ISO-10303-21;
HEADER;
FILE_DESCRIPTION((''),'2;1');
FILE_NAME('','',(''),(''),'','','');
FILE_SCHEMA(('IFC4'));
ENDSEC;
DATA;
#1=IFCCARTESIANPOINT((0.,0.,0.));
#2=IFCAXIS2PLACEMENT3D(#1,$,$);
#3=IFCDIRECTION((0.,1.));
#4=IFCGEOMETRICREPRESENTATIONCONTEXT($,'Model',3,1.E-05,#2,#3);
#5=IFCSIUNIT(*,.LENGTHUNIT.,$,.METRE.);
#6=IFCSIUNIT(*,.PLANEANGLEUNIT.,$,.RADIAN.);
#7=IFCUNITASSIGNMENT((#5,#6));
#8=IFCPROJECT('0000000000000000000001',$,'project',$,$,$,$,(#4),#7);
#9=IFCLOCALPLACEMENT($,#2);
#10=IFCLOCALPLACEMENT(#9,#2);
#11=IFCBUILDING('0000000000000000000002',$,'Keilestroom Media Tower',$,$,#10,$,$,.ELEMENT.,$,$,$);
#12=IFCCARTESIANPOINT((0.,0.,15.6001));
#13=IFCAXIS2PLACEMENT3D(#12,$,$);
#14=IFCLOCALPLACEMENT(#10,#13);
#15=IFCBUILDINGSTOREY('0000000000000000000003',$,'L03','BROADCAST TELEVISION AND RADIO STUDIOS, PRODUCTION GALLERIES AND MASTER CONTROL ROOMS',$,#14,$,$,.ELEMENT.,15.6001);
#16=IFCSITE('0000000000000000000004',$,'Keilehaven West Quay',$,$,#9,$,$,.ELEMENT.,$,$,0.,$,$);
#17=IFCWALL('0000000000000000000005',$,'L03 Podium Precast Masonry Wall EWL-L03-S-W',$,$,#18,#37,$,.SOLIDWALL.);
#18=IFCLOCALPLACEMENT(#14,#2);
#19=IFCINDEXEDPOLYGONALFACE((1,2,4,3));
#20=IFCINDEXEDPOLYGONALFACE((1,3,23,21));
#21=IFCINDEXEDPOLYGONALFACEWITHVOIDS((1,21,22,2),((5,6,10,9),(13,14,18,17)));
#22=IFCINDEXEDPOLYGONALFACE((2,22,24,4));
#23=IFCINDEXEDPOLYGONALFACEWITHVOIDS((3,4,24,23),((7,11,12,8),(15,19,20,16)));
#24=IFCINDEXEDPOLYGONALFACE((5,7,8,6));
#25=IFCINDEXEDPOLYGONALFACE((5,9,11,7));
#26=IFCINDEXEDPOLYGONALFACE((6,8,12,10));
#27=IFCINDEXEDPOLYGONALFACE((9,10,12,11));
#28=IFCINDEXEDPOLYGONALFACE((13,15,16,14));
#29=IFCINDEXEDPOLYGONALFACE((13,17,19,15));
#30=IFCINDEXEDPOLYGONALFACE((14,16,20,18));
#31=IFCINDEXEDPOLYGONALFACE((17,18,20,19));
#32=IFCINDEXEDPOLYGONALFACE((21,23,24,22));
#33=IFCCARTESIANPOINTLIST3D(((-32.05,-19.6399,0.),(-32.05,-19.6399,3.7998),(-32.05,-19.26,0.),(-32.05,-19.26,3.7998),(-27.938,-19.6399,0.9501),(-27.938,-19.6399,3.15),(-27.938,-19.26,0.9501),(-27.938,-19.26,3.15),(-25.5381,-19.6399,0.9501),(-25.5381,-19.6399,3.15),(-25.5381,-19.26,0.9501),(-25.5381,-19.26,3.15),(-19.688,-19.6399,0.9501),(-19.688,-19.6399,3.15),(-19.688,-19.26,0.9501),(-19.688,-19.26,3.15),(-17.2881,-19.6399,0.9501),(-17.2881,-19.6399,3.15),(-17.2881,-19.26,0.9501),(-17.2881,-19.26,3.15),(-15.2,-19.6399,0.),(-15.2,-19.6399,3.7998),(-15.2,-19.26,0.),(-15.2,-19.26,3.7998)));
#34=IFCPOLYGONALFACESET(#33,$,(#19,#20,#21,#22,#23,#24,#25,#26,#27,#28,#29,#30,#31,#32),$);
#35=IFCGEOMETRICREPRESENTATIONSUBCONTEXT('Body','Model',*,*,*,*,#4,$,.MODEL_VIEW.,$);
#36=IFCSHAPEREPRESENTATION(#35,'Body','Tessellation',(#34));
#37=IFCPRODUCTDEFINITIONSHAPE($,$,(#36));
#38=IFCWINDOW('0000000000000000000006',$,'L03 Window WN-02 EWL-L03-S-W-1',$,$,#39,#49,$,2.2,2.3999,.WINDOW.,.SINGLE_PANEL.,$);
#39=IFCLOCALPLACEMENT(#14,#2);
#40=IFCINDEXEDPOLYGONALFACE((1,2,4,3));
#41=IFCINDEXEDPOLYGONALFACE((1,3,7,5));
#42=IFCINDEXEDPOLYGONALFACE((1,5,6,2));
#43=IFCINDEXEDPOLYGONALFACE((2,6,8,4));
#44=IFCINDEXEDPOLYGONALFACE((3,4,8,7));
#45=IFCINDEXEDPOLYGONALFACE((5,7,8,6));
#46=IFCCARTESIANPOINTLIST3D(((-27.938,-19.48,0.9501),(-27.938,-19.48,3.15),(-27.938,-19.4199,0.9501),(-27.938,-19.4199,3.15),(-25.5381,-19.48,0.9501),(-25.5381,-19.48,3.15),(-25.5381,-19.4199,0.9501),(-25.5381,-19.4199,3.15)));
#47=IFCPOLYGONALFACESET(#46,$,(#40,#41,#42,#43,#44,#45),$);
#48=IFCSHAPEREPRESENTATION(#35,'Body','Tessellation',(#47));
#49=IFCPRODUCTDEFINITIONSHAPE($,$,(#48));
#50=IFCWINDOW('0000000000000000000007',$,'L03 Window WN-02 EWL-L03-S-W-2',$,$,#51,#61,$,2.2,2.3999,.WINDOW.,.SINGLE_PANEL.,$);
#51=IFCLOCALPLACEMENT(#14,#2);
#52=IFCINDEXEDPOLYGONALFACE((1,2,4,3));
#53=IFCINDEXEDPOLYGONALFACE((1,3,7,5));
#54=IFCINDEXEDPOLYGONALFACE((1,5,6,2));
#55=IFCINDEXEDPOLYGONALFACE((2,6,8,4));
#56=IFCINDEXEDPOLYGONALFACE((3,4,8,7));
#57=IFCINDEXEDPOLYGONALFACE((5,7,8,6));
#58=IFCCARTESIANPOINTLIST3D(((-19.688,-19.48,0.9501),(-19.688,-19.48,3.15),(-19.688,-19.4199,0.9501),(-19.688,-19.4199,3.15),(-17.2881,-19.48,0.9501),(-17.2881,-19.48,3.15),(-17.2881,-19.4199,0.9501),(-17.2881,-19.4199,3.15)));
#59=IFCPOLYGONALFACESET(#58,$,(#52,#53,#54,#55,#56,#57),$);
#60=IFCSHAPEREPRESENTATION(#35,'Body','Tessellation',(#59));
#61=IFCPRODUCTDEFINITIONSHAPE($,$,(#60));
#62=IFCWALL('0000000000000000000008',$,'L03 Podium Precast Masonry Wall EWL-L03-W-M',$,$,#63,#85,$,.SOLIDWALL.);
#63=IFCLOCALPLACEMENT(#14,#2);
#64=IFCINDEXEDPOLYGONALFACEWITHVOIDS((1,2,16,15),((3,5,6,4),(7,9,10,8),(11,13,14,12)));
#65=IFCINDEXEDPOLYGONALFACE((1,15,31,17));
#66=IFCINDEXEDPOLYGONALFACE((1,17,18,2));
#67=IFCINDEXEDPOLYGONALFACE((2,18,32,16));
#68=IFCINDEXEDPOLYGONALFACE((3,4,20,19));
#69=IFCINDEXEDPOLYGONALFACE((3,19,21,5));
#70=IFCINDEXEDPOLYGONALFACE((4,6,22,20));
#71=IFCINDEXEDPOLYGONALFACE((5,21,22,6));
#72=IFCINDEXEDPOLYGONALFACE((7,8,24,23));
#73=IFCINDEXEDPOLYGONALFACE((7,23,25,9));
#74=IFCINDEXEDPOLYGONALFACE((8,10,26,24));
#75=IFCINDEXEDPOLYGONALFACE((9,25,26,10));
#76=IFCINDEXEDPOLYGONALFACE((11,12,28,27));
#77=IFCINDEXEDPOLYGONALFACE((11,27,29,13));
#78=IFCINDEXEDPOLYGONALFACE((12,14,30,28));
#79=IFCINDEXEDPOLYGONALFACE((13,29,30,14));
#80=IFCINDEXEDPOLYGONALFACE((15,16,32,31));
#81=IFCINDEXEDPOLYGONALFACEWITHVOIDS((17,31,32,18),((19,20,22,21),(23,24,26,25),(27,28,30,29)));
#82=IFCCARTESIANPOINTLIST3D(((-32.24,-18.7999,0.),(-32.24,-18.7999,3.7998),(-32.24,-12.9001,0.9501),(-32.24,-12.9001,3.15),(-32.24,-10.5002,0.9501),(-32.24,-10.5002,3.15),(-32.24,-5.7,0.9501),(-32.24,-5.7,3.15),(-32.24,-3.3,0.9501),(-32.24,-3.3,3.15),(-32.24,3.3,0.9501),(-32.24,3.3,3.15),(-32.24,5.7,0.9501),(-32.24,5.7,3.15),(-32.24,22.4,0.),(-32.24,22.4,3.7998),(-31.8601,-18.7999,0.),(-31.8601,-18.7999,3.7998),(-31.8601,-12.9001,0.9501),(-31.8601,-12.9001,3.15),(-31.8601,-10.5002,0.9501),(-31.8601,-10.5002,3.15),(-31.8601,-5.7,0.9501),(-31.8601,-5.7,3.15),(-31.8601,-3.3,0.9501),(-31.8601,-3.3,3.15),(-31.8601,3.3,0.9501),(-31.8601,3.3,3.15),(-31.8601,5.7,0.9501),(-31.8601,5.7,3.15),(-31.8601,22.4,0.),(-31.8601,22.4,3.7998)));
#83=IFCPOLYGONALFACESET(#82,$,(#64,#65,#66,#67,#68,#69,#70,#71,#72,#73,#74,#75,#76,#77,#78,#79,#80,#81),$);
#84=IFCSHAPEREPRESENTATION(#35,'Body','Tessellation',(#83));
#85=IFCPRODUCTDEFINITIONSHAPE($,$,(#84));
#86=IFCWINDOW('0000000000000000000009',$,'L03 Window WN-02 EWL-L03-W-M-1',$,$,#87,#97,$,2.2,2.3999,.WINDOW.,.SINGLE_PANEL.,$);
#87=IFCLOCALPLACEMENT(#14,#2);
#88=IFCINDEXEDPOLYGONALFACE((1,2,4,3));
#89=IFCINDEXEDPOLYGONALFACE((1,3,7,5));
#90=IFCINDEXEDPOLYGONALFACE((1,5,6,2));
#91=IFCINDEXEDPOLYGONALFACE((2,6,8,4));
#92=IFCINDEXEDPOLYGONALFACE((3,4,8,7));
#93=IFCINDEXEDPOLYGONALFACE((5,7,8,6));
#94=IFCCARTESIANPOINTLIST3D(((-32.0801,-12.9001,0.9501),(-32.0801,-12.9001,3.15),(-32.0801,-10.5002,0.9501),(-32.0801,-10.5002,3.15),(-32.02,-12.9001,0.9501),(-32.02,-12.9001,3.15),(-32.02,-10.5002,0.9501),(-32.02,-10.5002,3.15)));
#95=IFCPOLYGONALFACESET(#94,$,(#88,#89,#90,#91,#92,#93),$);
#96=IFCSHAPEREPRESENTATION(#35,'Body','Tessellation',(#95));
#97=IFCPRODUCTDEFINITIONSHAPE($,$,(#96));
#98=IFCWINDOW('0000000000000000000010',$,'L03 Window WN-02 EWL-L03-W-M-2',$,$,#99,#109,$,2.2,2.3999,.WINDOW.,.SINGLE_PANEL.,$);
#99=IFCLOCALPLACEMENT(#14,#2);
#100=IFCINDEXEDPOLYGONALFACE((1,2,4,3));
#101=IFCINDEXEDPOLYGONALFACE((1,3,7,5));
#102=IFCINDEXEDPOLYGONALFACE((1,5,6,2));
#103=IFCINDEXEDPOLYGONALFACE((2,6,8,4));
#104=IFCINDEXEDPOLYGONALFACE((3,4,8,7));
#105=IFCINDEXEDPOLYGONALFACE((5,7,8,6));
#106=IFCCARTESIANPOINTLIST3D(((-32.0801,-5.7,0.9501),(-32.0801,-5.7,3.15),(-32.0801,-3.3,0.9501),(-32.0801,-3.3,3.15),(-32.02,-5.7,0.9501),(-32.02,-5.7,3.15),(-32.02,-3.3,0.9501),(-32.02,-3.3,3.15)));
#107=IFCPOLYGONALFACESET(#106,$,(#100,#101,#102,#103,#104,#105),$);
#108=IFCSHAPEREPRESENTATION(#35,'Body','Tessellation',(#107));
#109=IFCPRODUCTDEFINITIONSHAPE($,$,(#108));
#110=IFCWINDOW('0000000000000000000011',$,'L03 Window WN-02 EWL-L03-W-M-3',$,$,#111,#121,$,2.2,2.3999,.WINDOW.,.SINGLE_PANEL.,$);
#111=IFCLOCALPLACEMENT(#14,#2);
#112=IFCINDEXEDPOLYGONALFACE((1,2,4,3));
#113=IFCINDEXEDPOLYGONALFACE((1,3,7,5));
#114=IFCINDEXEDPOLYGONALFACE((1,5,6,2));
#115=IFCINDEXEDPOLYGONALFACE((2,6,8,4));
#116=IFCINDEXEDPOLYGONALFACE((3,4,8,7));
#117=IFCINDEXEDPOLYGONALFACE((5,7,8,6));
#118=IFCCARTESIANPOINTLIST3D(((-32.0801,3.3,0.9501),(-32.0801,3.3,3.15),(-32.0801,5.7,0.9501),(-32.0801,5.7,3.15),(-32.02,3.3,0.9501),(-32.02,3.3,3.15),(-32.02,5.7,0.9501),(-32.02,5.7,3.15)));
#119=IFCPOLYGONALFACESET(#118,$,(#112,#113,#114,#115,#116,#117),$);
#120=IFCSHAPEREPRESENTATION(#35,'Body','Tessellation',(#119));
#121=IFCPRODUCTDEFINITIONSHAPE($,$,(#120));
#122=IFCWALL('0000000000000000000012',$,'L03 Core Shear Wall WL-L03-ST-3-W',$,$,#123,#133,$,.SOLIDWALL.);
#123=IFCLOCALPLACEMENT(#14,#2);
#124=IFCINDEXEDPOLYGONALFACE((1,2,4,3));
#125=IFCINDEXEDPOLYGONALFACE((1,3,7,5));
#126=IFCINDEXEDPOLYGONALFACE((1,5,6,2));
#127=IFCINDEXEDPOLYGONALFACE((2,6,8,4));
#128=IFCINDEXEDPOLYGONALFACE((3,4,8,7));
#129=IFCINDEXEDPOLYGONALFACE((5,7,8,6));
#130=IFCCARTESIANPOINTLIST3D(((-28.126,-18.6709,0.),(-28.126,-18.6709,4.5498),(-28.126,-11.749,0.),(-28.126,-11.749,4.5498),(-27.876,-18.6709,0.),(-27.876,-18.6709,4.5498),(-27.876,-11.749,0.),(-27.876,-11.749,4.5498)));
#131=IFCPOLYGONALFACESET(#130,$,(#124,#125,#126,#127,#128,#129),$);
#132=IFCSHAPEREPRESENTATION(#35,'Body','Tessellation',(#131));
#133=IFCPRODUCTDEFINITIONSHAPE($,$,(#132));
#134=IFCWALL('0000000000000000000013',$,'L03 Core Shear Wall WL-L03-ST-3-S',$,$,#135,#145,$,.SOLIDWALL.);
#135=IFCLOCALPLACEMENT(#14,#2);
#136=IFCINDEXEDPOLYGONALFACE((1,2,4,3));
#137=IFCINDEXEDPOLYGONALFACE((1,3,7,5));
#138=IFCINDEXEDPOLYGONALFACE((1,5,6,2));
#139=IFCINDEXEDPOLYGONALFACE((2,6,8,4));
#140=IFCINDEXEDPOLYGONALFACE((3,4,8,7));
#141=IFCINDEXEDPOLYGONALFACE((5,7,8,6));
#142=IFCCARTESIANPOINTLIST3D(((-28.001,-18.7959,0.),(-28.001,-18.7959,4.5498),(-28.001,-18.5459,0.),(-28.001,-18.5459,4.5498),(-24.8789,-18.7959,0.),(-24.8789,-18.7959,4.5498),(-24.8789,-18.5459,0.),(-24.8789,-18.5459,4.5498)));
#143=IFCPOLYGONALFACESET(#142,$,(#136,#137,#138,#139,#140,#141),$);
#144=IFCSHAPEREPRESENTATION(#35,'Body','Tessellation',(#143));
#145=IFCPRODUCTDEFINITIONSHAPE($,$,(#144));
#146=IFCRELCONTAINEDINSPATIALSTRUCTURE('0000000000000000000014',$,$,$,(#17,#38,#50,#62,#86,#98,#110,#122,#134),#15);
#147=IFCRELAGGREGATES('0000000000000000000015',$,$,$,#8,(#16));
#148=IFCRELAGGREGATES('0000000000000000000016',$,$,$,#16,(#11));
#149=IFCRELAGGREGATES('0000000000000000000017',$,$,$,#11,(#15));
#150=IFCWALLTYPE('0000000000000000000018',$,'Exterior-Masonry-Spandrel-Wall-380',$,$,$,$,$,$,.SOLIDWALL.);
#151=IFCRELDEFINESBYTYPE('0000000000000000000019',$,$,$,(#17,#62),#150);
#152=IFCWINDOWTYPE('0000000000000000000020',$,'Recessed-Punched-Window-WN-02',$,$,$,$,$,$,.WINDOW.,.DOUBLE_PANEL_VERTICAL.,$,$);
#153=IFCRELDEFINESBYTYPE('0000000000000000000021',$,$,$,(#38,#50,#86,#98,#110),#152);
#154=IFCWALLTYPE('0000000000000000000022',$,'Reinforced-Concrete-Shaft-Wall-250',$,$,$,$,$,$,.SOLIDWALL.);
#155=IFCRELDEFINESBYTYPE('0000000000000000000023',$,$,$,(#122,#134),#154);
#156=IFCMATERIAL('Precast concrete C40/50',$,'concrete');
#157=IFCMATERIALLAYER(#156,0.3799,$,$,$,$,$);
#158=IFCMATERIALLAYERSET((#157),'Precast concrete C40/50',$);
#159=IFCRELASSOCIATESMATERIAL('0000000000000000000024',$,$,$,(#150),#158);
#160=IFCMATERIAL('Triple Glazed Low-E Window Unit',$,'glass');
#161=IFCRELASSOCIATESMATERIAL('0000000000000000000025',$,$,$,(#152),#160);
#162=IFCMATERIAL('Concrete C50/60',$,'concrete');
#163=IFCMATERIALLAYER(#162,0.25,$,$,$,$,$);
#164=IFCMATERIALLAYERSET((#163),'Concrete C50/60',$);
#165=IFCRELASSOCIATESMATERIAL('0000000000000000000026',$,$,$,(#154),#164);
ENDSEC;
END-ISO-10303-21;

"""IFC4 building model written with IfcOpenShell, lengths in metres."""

from ifc_helpers import new_model, si_unit, direction, frame, frame_2d, origin, place, context, subcontext, project, spatial, rectangle, extrude, source, transform, mapped, material, layer, layer_set, type_object, element, fill, save


model = new_model("IFC4")

# Units and contexts
model_context = context("Model", 3, precision=1e-05, world=origin(), true_north=direction((0.0, 1.0)))
body_context = subcontext(model_context, "Body", "Model", "MODEL_VIEW")
ifc_project = project(units=[si_unit("LENGTHUNIT", "METRE"), si_unit("PLANEANGLEUNIT", "RADIAN")], contexts=[model_context])

# Site, building, storey
site_placement = place(None, origin())
site = spatial("IfcSite", under=ifc_project, at=site_placement, Name="Keilehaven West Quay", CompositionType="ELEMENT", RefElevation=0.0)
building_placement = place(site_placement, origin())
building = spatial("IfcBuilding", under=site, at=building_placement, Name="Keilestroom Media Tower", CompositionType="ELEMENT")
storey_placement = place(building_placement, frame((0.0, 0.0, 15.6001)))
storey = spatial("IfcBuildingStorey", under=building, at=storey_placement, Name="L03", Description="BROADCAST TELEVISION AND RADIO STUDIOS, PRODUCTION GALLERIES AND MASTER CONTROL ROOMS", CompositionType="ELEMENT", Elevation=15.6001)

# Shared definitions
ifc_material_1 = material(Name="Precast concrete C40/50", Category="concrete")

# Walls, openings, windows
ifc_layer_1 = layer(ifc_material_1, 0.3799)
ifc_layer_set_1 = layer_set([ifc_layer_1], Name="Precast concrete C40/50")
wall_type_1 = type_object("IfcWallType", Name="Exterior-Masonry-Spandrel-Wall-380", PredefinedType="SOLIDWALL", material=ifc_layer_set_1)
wall_1_placement = place(storey_placement, frame((-32.05, -19.45, 0.0), z_axis=(0.0, 0.0, 1.0), x_axis=(1.0, 0.0, 0.0)))
wall_1 = element("IfcWall", 1, at=wall_1_placement, inside=storey, type_object=wall_type_1, Name="L03 Podium Precast Masonry Wall EWL-L03-S-W", PredefinedType="SOLIDWALL", context=body_context, shape_type="SweptSolid", body=[
    extrude(rectangle(XDim=16.8501, YDim=0.3799, at=frame_2d((8.425, 0.0))), origin(), (0.0, 0.0, 1.0), 3.7998),
])
opening_1_placement = place(wall_1_placement, frame((4.1121, 0.0, 0.95)))
opening_1 = element("IfcOpeningElement", 2, at=opening_1_placement, cuts=wall_1, PredefinedType="OPENING", context=body_context, shape_type="SweptSolid", body=[
    extrude(rectangle(XDim=2.3999, YDim=2.2, at=frame_2d((1.2, 1.1001))), frame((0.0, 0.2, 0.0), z_axis=(0.0, -1.0, 0.0), x_axis=(1.0, 0.0, 0.0)), (0.0, 0.0, 1.0), 0.3999),
])
opening_2_placement = place(wall_1_placement, frame((12.3621, 0.0, 0.95)))
opening_2 = element("IfcOpeningElement", 3, at=opening_2_placement, cuts=wall_1, PredefinedType="OPENING", context=body_context, shape_type="SweptSolid", body=[
    extrude(rectangle(XDim=2.3999, YDim=2.2, at=frame_2d((1.2, 1.1001))), frame((0.0, 0.2, 0.0), z_axis=(0.0, -1.0, 0.0), x_axis=(1.0, 0.0, 0.0)), (0.0, 0.0, 1.0), 0.3999),
])
ifc_material_2 = material(Name="Triple Glazed Low-E Window Unit", Category="glass")
window_type = type_object("IfcWindowType", Name="Recessed-Punched-Window-WN-02", PartitioningType="DOUBLE_PANEL_VERTICAL", PredefinedType="WINDOW", material=ifc_material_2)
shared_shape_1 = source(origin(), body_context, "Body", "SweptSolid", [
    extrude(rectangle(XDim=2.3999, YDim=2.2, at=frame_2d((1.2, 1.1001))), frame((0.0, 0.03, 0.0), z_axis=(0.0, -1.0, 0.0), x_axis=(1.0, 0.0, 0.0)), (0.0, 0.0, 1.0), 0.0601),
])
window_1_placement = place(opening_1_placement, origin())
window_1 = element("IfcWindow", 4, at=window_1_placement, inside=storey, type_object=window_type, Name="L03 Window WN-02 EWL-L03-S-W-1", OverallHeight=2.2, OverallWidth=2.3999, PartitioningType="SINGLE_PANEL", PredefinedType="WINDOW", context=body_context, shape_type="MappedRepresentation", body=[
    mapped(shared_shape_1, transform((0.0, 0.0, 0.0), x_axis=(1.0, 0.0, 0.0), y_axis=(0.0, 1.0, 0.0), z_axis=(0.0, 0.0, 1.0), scale=1.0)),
])
fill(opening_1, window_1)
window_2_placement = place(opening_2_placement, origin())
window_2 = element("IfcWindow", 5, at=window_2_placement, inside=storey, type_object=window_type, Name="L03 Window WN-02 EWL-L03-S-W-2", OverallHeight=2.2, OverallWidth=2.3999, PartitioningType="SINGLE_PANEL", PredefinedType="WINDOW", context=body_context, shape_type="MappedRepresentation", body=[
    mapped(shared_shape_1, transform((0.0, 0.0, 0.0), x_axis=(1.0, 0.0, 0.0), y_axis=(0.0, 1.0, 0.0), z_axis=(0.0, 0.0, 1.0), scale=1.0)),
])
fill(opening_2, window_2)
wall_2_placement = place(storey_placement, frame((-32.05, -18.8, 0.0), z_axis=(0.0, 0.0, 1.0), x_axis=(0.0, 1.0, 0.0)))
wall_2 = element("IfcWall", 6, at=wall_2_placement, inside=storey, type_object=wall_type_1, Name="L03 Podium Precast Masonry Wall EWL-L03-W-M", PredefinedType="SOLIDWALL", context=body_context, shape_type="SweptSolid", body=[
    extrude(rectangle(XDim=41.2, YDim=0.3799, at=frame_2d((20.6001, 0.0))), origin(), (0.0, 0.0, 1.0), 3.7998),
])
opening_3_placement = place(wall_2_placement, frame((5.8999, 0.0, 0.95)))
opening_3 = element("IfcOpeningElement", 7, at=opening_3_placement, cuts=wall_2, PredefinedType="OPENING", context=body_context, shape_type="SweptSolid", body=[
    extrude(rectangle(XDim=2.3999, YDim=2.2, at=frame_2d((1.2, 1.1001))), frame((0.0, 0.2, 0.0), z_axis=(0.0, -1.0, 0.0), x_axis=(1.0, 0.0, 0.0)), (0.0, 0.0, 1.0), 0.3999),
])
opening_4_placement = place(wall_2_placement, frame((13.1001, 0.0, 0.95)))
opening_4 = element("IfcOpeningElement", 8, at=opening_4_placement, cuts=wall_2, PredefinedType="OPENING", context=body_context, shape_type="SweptSolid", body=[
    extrude(rectangle(XDim=2.3999, YDim=2.2, at=frame_2d((1.2, 1.1001))), frame((0.0, 0.2, 0.0), z_axis=(0.0, -1.0, 0.0), x_axis=(1.0, 0.0, 0.0)), (0.0, 0.0, 1.0), 0.3999),
])
opening_5_placement = place(wall_2_placement, frame((22.1001, 0.0, 0.95)))
opening_5 = element("IfcOpeningElement", 9, at=opening_5_placement, cuts=wall_2, PredefinedType="OPENING", context=body_context, shape_type="SweptSolid", body=[
    extrude(rectangle(XDim=2.3999, YDim=2.2, at=frame_2d((1.2, 1.1001))), frame((0.0, 0.2, 0.0), z_axis=(0.0, -1.0, 0.0), x_axis=(1.0, 0.0, 0.0)), (0.0, 0.0, 1.0), 0.3999),
])
window_3_placement = place(opening_3_placement, origin())
window_3 = element("IfcWindow", 10, at=window_3_placement, inside=storey, type_object=window_type, Name="L03 Window WN-02 EWL-L03-W-M-1", OverallHeight=2.2, OverallWidth=2.3999, PartitioningType="SINGLE_PANEL", PredefinedType="WINDOW", context=body_context, shape_type="MappedRepresentation", body=[
    mapped(shared_shape_1, transform((0.0, 0.0, 0.0), x_axis=(1.0, 0.0, 0.0), y_axis=(0.0, 1.0, 0.0), z_axis=(0.0, 0.0, 1.0), scale=1.0)),
])
fill(opening_3, window_3)
window_4_placement = place(opening_4_placement, origin())
window_4 = element("IfcWindow", 11, at=window_4_placement, inside=storey, type_object=window_type, Name="L03 Window WN-02 EWL-L03-W-M-2", OverallHeight=2.2, OverallWidth=2.3999, PartitioningType="SINGLE_PANEL", PredefinedType="WINDOW", context=body_context, shape_type="MappedRepresentation", body=[
    mapped(shared_shape_1, transform((0.0, 0.0, 0.0), x_axis=(1.0, 0.0, 0.0), y_axis=(0.0, 1.0, 0.0), z_axis=(0.0, 0.0, 1.0), scale=1.0)),
])
fill(opening_4, window_4)
window_5_placement = place(opening_5_placement, origin())
window_5 = element("IfcWindow", 12, at=window_5_placement, inside=storey, type_object=window_type, Name="L03 Window WN-02 EWL-L03-W-M-3", OverallHeight=2.2, OverallWidth=2.3999, PartitioningType="SINGLE_PANEL", PredefinedType="WINDOW", context=body_context, shape_type="MappedRepresentation", body=[
    mapped(shared_shape_1, transform((0.0, 0.0, 0.0), x_axis=(1.0, 0.0, 0.0), y_axis=(0.0, 1.0, 0.0), z_axis=(0.0, 0.0, 1.0), scale=1.0)),
])
fill(opening_5, window_5)

# Walls
ifc_material_3 = material(Name="Concrete C50/60", Category="concrete")
ifc_layer_2 = layer(ifc_material_3, 0.25)
ifc_layer_set_2 = layer_set([ifc_layer_2], Name="Concrete C50/60")
wall_type_2 = type_object("IfcWallType", Name="Reinforced-Concrete-Shaft-Wall-250", PredefinedType="SOLIDWALL", material=ifc_layer_set_2)
wall_3_placement = place(storey_placement, frame((-28.001, -18.6709, 0.0), z_axis=(0.0, 0.0, 1.0), x_axis=(0.0, 1.0, 0.0)))
element("IfcWall", 13, at=wall_3_placement, inside=storey, type_object=wall_type_2, Name="L03 Core Shear Wall WL-L03-ST-3-W", PredefinedType="SOLIDWALL", context=body_context, shape_type="SweptSolid", body=[
    extrude(rectangle(XDim=6.9219, YDim=0.25, at=frame_2d((3.4609, 0.0))), origin(), (0.0, 0.0, 1.0), 4.5498),
])
wall_4_placement = place(storey_placement, frame((-28.001, -18.6709, 0.0), z_axis=(0.0, 0.0, 1.0), x_axis=(1.0, 0.0, 0.0)))
element("IfcWall", 14, at=wall_4_placement, inside=storey, type_object=wall_type_2, Name="L03 Core Shear Wall WL-L03-ST-3-S", PredefinedType="SOLIDWALL", context=body_context, shape_type="SweptSolid", body=[
    extrude(rectangle(XDim=3.1221, YDim=0.25, at=frame_2d((1.561, 0.0))), origin(), (0.0, 0.0, 1.0), 4.5498),
])

save(model, "model.ifc")
